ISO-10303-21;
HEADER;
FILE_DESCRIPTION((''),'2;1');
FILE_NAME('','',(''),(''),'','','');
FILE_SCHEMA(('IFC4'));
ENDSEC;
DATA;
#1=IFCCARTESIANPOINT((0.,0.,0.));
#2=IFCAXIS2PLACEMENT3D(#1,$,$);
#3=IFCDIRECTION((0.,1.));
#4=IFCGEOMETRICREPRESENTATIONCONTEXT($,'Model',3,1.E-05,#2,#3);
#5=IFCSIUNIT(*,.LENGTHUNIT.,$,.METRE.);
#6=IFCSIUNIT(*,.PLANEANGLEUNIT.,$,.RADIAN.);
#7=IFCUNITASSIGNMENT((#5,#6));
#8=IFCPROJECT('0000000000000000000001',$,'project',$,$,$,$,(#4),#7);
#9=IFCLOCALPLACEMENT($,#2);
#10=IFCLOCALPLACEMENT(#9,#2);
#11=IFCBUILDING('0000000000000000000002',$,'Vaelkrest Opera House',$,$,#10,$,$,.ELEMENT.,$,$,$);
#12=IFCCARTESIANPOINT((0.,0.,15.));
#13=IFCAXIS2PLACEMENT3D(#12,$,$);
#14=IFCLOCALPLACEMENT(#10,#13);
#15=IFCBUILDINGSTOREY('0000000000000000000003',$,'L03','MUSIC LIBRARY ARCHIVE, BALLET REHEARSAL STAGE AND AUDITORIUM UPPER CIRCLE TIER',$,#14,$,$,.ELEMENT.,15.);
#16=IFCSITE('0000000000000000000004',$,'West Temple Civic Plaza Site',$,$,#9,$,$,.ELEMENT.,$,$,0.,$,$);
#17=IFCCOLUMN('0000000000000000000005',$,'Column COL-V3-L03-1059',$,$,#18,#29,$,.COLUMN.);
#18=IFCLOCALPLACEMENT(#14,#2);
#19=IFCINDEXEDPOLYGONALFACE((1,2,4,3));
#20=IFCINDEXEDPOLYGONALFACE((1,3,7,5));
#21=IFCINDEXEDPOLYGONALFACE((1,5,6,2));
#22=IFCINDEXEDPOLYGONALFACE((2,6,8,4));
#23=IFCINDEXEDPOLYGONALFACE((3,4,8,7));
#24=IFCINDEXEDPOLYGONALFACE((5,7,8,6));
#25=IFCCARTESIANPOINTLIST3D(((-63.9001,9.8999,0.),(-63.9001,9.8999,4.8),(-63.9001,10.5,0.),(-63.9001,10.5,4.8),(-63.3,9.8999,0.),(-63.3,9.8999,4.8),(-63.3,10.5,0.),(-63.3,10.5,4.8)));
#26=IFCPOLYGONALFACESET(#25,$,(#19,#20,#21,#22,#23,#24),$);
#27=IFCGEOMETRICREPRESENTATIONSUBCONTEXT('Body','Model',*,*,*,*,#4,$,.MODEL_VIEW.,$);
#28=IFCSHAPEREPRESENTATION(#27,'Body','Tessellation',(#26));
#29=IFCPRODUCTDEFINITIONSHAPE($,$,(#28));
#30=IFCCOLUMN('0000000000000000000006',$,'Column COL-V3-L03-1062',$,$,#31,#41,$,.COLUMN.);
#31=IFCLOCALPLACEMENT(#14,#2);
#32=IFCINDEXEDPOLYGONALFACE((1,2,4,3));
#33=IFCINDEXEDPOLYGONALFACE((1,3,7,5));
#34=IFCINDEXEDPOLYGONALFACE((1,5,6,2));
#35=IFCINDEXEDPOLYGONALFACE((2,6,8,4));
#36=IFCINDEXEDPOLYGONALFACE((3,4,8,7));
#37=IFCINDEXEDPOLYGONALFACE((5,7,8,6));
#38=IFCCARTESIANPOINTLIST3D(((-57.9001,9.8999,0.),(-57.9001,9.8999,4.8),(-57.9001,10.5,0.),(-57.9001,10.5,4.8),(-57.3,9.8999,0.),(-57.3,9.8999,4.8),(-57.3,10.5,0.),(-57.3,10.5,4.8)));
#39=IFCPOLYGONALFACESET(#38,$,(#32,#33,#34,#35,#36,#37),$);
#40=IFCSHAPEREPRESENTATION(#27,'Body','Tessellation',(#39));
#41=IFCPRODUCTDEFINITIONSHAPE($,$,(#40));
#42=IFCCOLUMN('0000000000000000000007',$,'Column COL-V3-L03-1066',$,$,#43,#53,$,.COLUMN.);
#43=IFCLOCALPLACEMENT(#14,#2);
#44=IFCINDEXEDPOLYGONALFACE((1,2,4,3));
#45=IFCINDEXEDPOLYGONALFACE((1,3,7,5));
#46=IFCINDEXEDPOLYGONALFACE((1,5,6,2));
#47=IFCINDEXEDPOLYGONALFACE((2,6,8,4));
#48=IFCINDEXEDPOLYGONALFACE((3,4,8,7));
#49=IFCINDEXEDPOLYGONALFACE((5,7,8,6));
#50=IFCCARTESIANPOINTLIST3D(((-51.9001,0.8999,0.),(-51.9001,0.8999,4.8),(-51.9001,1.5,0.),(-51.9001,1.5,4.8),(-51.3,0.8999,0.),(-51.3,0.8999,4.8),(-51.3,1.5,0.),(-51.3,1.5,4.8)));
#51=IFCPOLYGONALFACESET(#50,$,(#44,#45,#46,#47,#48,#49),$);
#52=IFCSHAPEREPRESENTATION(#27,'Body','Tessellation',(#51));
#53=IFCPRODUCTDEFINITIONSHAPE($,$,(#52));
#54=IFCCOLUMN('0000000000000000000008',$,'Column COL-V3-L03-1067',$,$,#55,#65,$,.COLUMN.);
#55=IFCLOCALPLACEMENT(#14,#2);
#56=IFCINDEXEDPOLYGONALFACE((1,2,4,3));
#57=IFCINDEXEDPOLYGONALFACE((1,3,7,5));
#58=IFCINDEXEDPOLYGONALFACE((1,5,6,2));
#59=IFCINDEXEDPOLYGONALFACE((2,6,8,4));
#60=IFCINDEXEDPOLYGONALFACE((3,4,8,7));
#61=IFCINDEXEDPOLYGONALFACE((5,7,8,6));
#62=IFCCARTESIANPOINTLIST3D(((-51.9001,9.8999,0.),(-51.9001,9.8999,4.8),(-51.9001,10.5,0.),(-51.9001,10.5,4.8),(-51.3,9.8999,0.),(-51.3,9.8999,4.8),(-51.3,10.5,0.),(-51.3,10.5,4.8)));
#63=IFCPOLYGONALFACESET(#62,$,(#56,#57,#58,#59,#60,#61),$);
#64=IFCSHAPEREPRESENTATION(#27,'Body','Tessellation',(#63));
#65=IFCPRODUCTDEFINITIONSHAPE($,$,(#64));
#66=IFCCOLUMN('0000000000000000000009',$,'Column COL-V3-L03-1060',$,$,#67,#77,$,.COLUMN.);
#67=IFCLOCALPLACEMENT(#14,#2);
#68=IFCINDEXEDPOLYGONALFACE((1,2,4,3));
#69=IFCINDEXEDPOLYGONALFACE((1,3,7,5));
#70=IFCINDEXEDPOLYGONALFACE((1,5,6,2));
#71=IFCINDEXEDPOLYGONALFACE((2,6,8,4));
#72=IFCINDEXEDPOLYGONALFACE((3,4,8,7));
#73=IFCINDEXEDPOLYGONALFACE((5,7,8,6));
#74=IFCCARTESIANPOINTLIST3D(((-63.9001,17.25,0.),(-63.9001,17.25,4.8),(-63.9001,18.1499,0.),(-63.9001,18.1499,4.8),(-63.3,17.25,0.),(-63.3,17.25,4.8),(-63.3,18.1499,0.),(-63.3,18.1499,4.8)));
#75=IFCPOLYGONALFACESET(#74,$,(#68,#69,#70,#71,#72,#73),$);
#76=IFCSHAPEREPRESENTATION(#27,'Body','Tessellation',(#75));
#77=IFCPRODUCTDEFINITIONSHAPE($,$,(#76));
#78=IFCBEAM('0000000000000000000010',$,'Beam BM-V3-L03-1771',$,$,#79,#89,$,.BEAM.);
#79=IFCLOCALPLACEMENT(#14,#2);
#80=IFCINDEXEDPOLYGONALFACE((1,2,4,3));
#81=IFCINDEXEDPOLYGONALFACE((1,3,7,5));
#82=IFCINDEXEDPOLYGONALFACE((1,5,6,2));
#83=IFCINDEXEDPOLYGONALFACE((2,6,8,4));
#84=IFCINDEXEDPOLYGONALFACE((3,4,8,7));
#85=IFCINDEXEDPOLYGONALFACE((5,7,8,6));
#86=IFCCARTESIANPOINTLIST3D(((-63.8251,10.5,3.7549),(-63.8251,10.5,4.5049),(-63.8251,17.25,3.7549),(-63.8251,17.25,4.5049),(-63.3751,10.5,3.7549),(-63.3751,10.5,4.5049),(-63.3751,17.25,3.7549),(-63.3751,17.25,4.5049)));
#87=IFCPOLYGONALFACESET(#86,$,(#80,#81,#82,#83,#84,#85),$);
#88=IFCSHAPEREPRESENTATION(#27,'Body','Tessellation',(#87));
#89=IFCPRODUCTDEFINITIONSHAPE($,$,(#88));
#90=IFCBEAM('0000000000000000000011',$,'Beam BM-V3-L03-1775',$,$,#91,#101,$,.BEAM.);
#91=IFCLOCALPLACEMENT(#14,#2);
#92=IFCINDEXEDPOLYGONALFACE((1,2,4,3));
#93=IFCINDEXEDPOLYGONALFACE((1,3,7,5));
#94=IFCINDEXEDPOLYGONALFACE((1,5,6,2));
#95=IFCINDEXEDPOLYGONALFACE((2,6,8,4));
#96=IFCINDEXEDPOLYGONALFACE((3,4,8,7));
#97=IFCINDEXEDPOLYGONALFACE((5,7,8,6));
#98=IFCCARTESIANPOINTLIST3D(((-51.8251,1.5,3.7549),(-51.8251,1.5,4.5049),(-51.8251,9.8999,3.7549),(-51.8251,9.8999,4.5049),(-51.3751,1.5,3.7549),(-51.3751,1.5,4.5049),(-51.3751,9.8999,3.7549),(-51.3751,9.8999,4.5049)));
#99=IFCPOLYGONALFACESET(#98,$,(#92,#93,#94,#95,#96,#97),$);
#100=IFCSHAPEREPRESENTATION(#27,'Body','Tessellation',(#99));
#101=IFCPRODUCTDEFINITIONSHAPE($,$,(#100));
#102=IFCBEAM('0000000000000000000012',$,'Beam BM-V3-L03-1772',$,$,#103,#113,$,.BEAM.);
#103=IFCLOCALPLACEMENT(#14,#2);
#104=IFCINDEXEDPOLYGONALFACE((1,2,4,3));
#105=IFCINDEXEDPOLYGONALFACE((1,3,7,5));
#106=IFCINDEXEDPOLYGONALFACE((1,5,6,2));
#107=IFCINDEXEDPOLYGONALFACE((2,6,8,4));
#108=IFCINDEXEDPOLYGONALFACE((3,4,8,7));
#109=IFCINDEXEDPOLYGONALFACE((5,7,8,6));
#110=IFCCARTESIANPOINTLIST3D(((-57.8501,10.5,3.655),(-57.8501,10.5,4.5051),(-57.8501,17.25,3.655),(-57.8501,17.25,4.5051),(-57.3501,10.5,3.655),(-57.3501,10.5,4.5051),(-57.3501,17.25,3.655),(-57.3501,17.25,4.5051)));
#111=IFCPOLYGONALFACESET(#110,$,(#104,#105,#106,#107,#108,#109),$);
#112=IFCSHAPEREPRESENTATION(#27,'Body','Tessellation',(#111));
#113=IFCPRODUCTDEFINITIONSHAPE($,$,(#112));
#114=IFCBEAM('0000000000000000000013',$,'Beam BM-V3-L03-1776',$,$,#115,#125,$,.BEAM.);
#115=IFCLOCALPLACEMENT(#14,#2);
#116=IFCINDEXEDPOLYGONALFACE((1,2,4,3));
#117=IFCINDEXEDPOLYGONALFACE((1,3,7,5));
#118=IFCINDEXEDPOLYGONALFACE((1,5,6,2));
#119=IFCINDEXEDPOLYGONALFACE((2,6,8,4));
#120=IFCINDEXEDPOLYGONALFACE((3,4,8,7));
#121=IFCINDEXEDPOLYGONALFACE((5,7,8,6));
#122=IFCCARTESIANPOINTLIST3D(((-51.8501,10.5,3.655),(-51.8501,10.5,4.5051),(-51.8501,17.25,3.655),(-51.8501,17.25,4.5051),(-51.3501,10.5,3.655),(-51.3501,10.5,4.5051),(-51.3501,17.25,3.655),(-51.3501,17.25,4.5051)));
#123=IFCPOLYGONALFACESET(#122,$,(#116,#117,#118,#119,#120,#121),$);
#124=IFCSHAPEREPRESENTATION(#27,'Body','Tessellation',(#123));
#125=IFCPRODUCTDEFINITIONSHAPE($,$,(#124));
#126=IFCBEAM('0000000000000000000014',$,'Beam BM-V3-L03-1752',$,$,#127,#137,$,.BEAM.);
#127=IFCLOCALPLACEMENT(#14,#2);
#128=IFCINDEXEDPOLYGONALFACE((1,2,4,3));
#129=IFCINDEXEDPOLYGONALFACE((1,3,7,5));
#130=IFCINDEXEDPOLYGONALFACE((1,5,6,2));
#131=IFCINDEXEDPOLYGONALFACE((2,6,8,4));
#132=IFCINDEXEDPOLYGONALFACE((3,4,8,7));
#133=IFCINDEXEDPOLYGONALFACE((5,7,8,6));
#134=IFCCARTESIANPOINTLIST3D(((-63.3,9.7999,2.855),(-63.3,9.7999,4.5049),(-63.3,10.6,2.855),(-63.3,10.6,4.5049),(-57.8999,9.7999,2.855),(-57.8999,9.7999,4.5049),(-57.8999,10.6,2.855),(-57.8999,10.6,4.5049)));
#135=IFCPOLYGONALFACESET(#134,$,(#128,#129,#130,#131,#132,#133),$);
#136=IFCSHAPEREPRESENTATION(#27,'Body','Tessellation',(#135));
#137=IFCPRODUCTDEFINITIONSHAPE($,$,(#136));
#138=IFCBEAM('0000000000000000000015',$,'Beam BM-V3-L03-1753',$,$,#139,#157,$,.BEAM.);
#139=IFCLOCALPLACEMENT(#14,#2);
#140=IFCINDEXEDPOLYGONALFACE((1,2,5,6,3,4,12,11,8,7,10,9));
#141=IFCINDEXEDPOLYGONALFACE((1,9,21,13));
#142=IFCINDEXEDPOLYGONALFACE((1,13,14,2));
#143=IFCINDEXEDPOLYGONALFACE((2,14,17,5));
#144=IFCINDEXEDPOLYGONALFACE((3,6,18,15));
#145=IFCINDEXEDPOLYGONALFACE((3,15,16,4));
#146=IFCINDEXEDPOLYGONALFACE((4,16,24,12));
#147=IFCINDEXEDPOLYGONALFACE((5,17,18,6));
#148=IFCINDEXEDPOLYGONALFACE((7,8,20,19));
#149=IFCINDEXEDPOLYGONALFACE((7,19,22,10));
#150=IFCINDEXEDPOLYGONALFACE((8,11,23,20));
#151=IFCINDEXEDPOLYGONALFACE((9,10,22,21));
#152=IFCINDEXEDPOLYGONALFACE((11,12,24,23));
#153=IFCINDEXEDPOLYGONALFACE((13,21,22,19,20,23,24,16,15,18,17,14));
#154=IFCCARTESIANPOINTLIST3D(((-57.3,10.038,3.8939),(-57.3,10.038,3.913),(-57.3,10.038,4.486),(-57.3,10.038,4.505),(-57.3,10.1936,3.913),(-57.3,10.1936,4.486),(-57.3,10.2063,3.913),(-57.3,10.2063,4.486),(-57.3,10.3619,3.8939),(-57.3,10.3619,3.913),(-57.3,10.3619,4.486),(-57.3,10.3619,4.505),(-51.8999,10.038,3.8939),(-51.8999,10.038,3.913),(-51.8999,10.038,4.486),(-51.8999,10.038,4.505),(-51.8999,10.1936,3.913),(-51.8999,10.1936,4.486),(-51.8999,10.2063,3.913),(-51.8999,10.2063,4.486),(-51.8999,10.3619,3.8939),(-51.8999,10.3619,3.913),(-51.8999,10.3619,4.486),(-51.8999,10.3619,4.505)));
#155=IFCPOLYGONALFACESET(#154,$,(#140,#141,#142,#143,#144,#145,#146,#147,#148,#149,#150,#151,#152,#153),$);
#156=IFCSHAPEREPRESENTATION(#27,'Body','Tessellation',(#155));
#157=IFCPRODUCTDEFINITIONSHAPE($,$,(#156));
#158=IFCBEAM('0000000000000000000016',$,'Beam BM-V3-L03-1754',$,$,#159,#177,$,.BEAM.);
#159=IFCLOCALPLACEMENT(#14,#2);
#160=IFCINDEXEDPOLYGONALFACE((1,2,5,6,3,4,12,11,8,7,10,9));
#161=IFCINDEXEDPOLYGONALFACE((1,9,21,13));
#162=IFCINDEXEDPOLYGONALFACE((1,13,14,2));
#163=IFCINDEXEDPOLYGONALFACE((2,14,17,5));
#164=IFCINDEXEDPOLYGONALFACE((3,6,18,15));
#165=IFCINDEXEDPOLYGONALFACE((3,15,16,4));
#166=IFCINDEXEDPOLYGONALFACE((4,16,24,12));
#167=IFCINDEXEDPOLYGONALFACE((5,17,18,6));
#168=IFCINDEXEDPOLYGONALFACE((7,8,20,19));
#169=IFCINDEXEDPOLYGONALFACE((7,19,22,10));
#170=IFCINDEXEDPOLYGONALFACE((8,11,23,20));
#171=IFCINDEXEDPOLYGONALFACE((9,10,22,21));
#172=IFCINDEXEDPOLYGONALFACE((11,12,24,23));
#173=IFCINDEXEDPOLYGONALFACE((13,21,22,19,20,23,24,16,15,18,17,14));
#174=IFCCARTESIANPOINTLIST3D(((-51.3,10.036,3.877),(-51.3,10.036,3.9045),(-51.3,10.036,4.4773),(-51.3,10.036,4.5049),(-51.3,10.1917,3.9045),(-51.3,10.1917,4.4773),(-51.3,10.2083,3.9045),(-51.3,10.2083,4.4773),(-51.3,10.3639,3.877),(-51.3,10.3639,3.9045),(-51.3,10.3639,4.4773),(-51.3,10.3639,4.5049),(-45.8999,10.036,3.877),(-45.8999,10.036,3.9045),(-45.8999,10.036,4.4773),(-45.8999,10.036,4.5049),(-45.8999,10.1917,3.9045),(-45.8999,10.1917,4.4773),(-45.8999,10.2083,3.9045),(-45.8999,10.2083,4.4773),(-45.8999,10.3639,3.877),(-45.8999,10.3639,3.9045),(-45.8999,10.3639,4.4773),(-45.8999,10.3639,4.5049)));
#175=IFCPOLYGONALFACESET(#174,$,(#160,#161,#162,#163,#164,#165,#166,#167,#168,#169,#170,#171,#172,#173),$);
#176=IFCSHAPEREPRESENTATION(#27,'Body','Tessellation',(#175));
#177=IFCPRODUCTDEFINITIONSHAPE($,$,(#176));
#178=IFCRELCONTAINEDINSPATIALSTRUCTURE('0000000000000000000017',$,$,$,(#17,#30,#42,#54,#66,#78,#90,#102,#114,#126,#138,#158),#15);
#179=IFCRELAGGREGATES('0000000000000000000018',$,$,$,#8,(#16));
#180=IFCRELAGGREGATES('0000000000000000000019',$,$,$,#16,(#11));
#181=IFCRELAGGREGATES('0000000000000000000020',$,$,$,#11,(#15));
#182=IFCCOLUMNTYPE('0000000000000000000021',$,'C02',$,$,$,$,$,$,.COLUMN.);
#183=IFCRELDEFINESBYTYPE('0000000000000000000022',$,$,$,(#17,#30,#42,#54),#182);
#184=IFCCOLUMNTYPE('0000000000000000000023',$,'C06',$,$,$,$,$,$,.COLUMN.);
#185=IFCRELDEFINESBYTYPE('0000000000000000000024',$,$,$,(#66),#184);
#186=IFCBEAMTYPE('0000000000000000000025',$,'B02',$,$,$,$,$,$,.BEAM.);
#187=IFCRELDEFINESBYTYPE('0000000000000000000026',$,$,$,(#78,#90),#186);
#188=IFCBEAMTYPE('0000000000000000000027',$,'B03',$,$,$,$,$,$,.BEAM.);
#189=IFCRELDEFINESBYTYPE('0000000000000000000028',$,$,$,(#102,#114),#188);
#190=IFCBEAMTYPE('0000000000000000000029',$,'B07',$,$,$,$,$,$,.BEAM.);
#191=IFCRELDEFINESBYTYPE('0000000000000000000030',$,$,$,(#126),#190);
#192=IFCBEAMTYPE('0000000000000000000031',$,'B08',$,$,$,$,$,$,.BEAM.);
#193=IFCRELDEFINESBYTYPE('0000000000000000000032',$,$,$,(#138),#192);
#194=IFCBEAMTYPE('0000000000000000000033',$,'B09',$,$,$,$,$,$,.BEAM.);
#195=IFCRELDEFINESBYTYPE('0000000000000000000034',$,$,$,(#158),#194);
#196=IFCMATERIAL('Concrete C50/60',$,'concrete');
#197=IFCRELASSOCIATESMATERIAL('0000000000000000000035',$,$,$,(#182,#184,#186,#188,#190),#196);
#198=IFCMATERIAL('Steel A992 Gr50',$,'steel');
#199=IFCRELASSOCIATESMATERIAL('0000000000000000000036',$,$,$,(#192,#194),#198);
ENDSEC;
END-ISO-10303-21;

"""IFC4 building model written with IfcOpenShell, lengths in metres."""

from ifc_helpers import new_model, si_unit, direction, frame, origin, origin_2d, place, context, subcontext, project, spatial, rectangle, i_section, extrude, material, material_profile, profile_set, type_object, element, save


model = new_model("IFC4")

# Units and contexts
model_context = context("Model", 3, precision=1e-05, world=origin(), true_north=direction((0.0, 1.0)))
body_context = subcontext(model_context, "Body", "Model", "MODEL_VIEW")
ifc_project = project(units=[si_unit("LENGTHUNIT", "METRE"), si_unit("PLANEANGLEUNIT", "RADIAN")], contexts=[model_context])

# Site, building, storey
site_placement = place(None, origin())
site = spatial("IfcSite", under=ifc_project, at=site_placement, Name="West Temple Civic Plaza Site", CompositionType="ELEMENT", RefElevation=0.0)
building_placement = place(site_placement, origin())
building = spatial("IfcBuilding", under=site, at=building_placement, Name="Vaelkrest Opera House", CompositionType="ELEMENT")
storey_placement = place(building_placement, frame((0.0, 0.0, 15.0)))
storey = spatial("IfcBuildingStorey", under=building, at=storey_placement, Name="L03", Description="MUSIC LIBRARY ARCHIVE, BALLET REHEARSAL STAGE AND AUDITORIUM UPPER CIRCLE TIER", CompositionType="ELEMENT", Elevation=15.0)

# Columns
ifc_material_1 = material(Name="Concrete C50/60", Category="concrete")
ifc_material_profile_1 = material_profile(ifc_material_1, rectangle(XDim=0.6001, YDim=0.6001, at=origin_2d()), Name="RC600X600")
ifc_profile_set_1 = profile_set([ifc_material_profile_1], Name="Concrete C50/60")
column_type_1 = type_object("IfcColumnType", Name="C02", PredefinedType="COLUMN", material=ifc_profile_set_1)
for number, where, z_axis, x_axis, name in (
    (1, (-63.6001, 10.2, 0.0), (0.0, 0.0, 1.0), (1.0, 0.0, 0.0), "Column COL-V3-L03-1059"),
    (2, (-57.6001, 10.2, 0.0), (0.0, 0.0, 1.0), (1.0, 0.0, 0.0), "Column COL-V3-L03-1062"),
    (3, (-51.6001, 1.2, 0.0), (0.0, 0.0, 1.0), (1.0, 0.0, 0.0), "Column COL-V3-L03-1066"),
    (4, (-51.6001, 10.2, 0.0), (0.0, 0.0, 1.0), (1.0, 0.0, 0.0), "Column COL-V3-L03-1067"),
):
    element("IfcColumn", number, at=place(storey_placement, frame(where, z_axis=z_axis, x_axis=x_axis)), inside=storey, type_object=column_type_1, Name=name, PredefinedType="COLUMN", context=body_context, shape_type="SweptSolid", body=[
        extrude(rectangle(XDim=0.6001, YDim=0.6001, at=origin_2d()), origin(), (0.0, 0.0, 1.0), 4.8),
    ])
ifc_material_profile_2 = material_profile(ifc_material_1, rectangle(XDim=0.6001, YDim=0.8999, at=origin_2d()), Name="RC600X900")
ifc_profile_set_2 = profile_set([ifc_material_profile_2], Name="Concrete C50/60")
column_type_2 = type_object("IfcColumnType", Name="C06", PredefinedType="COLUMN", material=ifc_profile_set_2)
column_placement = place(storey_placement, frame((-63.6001, 17.7, 0.0), z_axis=(0.0, 0.0, 1.0), x_axis=(1.0, 0.0, 0.0)))
element("IfcColumn", 5, at=column_placement, inside=storey, type_object=column_type_2, Name="Column COL-V3-L03-1060", PredefinedType="COLUMN", context=body_context, shape_type="SweptSolid", body=[
    extrude(rectangle(XDim=0.6001, YDim=0.8999, at=origin_2d()), origin(), (0.0, 0.0, 1.0), 4.8),
])

# Beams
ifc_material_profile_3 = material_profile(ifc_material_1, rectangle(XDim=0.45, YDim=0.75, at=origin_2d()), Name="RCB450X750")
ifc_profile_set_3 = profile_set([ifc_material_profile_3], Name="Concrete C50/60")
beam_type_1 = type_object("IfcBeamType", Name="B02", PredefinedType="BEAM", material=ifc_profile_set_3)
beam_1_placement = place(storey_placement, frame((-63.6001, 10.5, 4.1299), z_axis=(0.0, 1.0, 0.0), x_axis=(-1.0, 0.0, 0.0)))
element("IfcBeam", 6, at=beam_1_placement, inside=storey, type_object=beam_type_1, Name="Beam BM-V3-L03-1771", PredefinedType="BEAM", context=body_context, shape_type="SweptSolid", body=[
    extrude(rectangle(XDim=0.45, YDim=0.75, at=origin_2d()), origin(), (0.0, 0.0, 1.0), 6.75),
])
beam_2_placement = place(storey_placement, frame((-51.6001, 1.5, 4.1299), z_axis=(0.0, 1.0, 0.0), x_axis=(-1.0, 0.0, 0.0)))
element("IfcBeam", 7, at=beam_2_placement, inside=storey, type_object=beam_type_1, Name="Beam BM-V3-L03-1775", PredefinedType="BEAM", context=body_context, shape_type="SweptSolid", body=[
    extrude(rectangle(XDim=0.45, YDim=0.75, at=origin_2d()), origin(), (0.0, 0.0, 1.0), 8.3999),
])
ifc_material_profile_4 = material_profile(ifc_material_1, rectangle(XDim=0.5, YDim=0.8501, at=origin_2d()), Name="RCB500X850")
ifc_profile_set_4 = profile_set([ifc_material_profile_4], Name="Concrete C50/60")
beam_type_2 = type_object("IfcBeamType", Name="B03", PredefinedType="BEAM", material=ifc_profile_set_4)
for number, where, z_axis, x_axis, name in (
    (8, (-57.6001, 10.5, 4.0801), (0.0, 1.0, 0.0), (-1.0, 0.0, 0.0), "Beam BM-V3-L03-1772"),
    (9, (-51.6001, 10.5, 4.0801), (0.0, 1.0, 0.0), (-1.0, 0.0, 0.0), "Beam BM-V3-L03-1776"),
):
    element("IfcBeam", number, at=place(storey_placement, frame(where, z_axis=z_axis, x_axis=x_axis)), inside=storey, type_object=beam_type_2, Name=name, PredefinedType="BEAM", context=body_context, shape_type="SweptSolid", body=[
        extrude(rectangle(XDim=0.5, YDim=0.8501, at=origin_2d()), origin(), (0.0, 0.0, 1.0), 6.75),
    ])
ifc_material_profile_5 = material_profile(ifc_material_1, rectangle(XDim=0.8, YDim=1.6499, at=origin_2d()), Name="RCB800X1650")
ifc_profile_set_5 = profile_set([ifc_material_profile_5], Name="Concrete C50/60")
beam_type_3 = type_object("IfcBeamType", Name="B07", PredefinedType="BEAM", material=ifc_profile_set_5)
beam_3_placement = place(storey_placement, frame((-63.3, 10.2, 3.6799), z_axis=(1.0, 0.0, 0.0), x_axis=(0.0, 1.0, 0.0)))
element("IfcBeam", 10, at=beam_3_placement, inside=storey, type_object=beam_type_3, Name="Beam BM-V3-L03-1752", PredefinedType="BEAM", context=body_context, shape_type="SweptSolid", body=[
    extrude(rectangle(XDim=0.8, YDim=1.6499, at=origin_2d()), origin(), (0.0, 0.0, 1.0), 5.4001),
])
ifc_material_2 = material(Name="Steel A992 Gr50", Category="steel")
ifc_material_profile_6 = material_profile(ifc_material_2, i_section(OverallWidth=0.324, OverallDepth=0.6111, WebThickness=0.0127, FlangeThickness=0.019, at=origin_2d()), Name="W24X104")
ifc_profile_set_6 = profile_set([ifc_material_profile_6], Name="Steel A992 Gr50")
beam_type_4 = type_object("IfcBeamType", Name="B08", PredefinedType="BEAM", material=ifc_profile_set_6)
beam_4_placement = place(storey_placement, frame((-57.3, 10.2, 4.1995), z_axis=(1.0, 0.0, 0.0), x_axis=(0.0, 1.0, 0.0)))
element("IfcBeam", 11, at=beam_4_placement, inside=storey, type_object=beam_type_4, Name="Beam BM-V3-L03-1753", PredefinedType="BEAM", context=body_context, shape_type="SweptSolid", body=[
    extrude(i_section(OverallWidth=0.324, OverallDepth=0.6111, WebThickness=0.0127, FlangeThickness=0.019, at=origin_2d()), origin(), (0.0, 0.0, 1.0), 5.4001),
])
ifc_material_profile_7 = material_profile(ifc_material_2, i_section(OverallWidth=0.3279, OverallDepth=0.6279, WebThickness=0.0166, FlangeThickness=0.0276, at=origin_2d()), Name="W24X146")
ifc_profile_set_7 = profile_set([ifc_material_profile_7], Name="Steel A992 Gr50")
beam_type_5 = type_object("IfcBeamType", Name="B09", PredefinedType="BEAM", material=ifc_profile_set_7)
beam_5_placement = place(storey_placement, frame((-51.3, 10.2, 4.1909), z_axis=(1.0, 0.0, 0.0), x_axis=(0.0, 1.0, 0.0)))
element("IfcBeam", 12, at=beam_5_placement, inside=storey, type_object=beam_type_5, Name="Beam BM-V3-L03-1754", PredefinedType="BEAM", context=body_context, shape_type="SweptSolid", body=[
    extrude(i_section(OverallWidth=0.3279, OverallDepth=0.6279, WebThickness=0.0166, FlangeThickness=0.0276, at=origin_2d()), origin(), (0.0, 0.0, 1.0), 5.4001),
])

save(model, "model.ifc")
